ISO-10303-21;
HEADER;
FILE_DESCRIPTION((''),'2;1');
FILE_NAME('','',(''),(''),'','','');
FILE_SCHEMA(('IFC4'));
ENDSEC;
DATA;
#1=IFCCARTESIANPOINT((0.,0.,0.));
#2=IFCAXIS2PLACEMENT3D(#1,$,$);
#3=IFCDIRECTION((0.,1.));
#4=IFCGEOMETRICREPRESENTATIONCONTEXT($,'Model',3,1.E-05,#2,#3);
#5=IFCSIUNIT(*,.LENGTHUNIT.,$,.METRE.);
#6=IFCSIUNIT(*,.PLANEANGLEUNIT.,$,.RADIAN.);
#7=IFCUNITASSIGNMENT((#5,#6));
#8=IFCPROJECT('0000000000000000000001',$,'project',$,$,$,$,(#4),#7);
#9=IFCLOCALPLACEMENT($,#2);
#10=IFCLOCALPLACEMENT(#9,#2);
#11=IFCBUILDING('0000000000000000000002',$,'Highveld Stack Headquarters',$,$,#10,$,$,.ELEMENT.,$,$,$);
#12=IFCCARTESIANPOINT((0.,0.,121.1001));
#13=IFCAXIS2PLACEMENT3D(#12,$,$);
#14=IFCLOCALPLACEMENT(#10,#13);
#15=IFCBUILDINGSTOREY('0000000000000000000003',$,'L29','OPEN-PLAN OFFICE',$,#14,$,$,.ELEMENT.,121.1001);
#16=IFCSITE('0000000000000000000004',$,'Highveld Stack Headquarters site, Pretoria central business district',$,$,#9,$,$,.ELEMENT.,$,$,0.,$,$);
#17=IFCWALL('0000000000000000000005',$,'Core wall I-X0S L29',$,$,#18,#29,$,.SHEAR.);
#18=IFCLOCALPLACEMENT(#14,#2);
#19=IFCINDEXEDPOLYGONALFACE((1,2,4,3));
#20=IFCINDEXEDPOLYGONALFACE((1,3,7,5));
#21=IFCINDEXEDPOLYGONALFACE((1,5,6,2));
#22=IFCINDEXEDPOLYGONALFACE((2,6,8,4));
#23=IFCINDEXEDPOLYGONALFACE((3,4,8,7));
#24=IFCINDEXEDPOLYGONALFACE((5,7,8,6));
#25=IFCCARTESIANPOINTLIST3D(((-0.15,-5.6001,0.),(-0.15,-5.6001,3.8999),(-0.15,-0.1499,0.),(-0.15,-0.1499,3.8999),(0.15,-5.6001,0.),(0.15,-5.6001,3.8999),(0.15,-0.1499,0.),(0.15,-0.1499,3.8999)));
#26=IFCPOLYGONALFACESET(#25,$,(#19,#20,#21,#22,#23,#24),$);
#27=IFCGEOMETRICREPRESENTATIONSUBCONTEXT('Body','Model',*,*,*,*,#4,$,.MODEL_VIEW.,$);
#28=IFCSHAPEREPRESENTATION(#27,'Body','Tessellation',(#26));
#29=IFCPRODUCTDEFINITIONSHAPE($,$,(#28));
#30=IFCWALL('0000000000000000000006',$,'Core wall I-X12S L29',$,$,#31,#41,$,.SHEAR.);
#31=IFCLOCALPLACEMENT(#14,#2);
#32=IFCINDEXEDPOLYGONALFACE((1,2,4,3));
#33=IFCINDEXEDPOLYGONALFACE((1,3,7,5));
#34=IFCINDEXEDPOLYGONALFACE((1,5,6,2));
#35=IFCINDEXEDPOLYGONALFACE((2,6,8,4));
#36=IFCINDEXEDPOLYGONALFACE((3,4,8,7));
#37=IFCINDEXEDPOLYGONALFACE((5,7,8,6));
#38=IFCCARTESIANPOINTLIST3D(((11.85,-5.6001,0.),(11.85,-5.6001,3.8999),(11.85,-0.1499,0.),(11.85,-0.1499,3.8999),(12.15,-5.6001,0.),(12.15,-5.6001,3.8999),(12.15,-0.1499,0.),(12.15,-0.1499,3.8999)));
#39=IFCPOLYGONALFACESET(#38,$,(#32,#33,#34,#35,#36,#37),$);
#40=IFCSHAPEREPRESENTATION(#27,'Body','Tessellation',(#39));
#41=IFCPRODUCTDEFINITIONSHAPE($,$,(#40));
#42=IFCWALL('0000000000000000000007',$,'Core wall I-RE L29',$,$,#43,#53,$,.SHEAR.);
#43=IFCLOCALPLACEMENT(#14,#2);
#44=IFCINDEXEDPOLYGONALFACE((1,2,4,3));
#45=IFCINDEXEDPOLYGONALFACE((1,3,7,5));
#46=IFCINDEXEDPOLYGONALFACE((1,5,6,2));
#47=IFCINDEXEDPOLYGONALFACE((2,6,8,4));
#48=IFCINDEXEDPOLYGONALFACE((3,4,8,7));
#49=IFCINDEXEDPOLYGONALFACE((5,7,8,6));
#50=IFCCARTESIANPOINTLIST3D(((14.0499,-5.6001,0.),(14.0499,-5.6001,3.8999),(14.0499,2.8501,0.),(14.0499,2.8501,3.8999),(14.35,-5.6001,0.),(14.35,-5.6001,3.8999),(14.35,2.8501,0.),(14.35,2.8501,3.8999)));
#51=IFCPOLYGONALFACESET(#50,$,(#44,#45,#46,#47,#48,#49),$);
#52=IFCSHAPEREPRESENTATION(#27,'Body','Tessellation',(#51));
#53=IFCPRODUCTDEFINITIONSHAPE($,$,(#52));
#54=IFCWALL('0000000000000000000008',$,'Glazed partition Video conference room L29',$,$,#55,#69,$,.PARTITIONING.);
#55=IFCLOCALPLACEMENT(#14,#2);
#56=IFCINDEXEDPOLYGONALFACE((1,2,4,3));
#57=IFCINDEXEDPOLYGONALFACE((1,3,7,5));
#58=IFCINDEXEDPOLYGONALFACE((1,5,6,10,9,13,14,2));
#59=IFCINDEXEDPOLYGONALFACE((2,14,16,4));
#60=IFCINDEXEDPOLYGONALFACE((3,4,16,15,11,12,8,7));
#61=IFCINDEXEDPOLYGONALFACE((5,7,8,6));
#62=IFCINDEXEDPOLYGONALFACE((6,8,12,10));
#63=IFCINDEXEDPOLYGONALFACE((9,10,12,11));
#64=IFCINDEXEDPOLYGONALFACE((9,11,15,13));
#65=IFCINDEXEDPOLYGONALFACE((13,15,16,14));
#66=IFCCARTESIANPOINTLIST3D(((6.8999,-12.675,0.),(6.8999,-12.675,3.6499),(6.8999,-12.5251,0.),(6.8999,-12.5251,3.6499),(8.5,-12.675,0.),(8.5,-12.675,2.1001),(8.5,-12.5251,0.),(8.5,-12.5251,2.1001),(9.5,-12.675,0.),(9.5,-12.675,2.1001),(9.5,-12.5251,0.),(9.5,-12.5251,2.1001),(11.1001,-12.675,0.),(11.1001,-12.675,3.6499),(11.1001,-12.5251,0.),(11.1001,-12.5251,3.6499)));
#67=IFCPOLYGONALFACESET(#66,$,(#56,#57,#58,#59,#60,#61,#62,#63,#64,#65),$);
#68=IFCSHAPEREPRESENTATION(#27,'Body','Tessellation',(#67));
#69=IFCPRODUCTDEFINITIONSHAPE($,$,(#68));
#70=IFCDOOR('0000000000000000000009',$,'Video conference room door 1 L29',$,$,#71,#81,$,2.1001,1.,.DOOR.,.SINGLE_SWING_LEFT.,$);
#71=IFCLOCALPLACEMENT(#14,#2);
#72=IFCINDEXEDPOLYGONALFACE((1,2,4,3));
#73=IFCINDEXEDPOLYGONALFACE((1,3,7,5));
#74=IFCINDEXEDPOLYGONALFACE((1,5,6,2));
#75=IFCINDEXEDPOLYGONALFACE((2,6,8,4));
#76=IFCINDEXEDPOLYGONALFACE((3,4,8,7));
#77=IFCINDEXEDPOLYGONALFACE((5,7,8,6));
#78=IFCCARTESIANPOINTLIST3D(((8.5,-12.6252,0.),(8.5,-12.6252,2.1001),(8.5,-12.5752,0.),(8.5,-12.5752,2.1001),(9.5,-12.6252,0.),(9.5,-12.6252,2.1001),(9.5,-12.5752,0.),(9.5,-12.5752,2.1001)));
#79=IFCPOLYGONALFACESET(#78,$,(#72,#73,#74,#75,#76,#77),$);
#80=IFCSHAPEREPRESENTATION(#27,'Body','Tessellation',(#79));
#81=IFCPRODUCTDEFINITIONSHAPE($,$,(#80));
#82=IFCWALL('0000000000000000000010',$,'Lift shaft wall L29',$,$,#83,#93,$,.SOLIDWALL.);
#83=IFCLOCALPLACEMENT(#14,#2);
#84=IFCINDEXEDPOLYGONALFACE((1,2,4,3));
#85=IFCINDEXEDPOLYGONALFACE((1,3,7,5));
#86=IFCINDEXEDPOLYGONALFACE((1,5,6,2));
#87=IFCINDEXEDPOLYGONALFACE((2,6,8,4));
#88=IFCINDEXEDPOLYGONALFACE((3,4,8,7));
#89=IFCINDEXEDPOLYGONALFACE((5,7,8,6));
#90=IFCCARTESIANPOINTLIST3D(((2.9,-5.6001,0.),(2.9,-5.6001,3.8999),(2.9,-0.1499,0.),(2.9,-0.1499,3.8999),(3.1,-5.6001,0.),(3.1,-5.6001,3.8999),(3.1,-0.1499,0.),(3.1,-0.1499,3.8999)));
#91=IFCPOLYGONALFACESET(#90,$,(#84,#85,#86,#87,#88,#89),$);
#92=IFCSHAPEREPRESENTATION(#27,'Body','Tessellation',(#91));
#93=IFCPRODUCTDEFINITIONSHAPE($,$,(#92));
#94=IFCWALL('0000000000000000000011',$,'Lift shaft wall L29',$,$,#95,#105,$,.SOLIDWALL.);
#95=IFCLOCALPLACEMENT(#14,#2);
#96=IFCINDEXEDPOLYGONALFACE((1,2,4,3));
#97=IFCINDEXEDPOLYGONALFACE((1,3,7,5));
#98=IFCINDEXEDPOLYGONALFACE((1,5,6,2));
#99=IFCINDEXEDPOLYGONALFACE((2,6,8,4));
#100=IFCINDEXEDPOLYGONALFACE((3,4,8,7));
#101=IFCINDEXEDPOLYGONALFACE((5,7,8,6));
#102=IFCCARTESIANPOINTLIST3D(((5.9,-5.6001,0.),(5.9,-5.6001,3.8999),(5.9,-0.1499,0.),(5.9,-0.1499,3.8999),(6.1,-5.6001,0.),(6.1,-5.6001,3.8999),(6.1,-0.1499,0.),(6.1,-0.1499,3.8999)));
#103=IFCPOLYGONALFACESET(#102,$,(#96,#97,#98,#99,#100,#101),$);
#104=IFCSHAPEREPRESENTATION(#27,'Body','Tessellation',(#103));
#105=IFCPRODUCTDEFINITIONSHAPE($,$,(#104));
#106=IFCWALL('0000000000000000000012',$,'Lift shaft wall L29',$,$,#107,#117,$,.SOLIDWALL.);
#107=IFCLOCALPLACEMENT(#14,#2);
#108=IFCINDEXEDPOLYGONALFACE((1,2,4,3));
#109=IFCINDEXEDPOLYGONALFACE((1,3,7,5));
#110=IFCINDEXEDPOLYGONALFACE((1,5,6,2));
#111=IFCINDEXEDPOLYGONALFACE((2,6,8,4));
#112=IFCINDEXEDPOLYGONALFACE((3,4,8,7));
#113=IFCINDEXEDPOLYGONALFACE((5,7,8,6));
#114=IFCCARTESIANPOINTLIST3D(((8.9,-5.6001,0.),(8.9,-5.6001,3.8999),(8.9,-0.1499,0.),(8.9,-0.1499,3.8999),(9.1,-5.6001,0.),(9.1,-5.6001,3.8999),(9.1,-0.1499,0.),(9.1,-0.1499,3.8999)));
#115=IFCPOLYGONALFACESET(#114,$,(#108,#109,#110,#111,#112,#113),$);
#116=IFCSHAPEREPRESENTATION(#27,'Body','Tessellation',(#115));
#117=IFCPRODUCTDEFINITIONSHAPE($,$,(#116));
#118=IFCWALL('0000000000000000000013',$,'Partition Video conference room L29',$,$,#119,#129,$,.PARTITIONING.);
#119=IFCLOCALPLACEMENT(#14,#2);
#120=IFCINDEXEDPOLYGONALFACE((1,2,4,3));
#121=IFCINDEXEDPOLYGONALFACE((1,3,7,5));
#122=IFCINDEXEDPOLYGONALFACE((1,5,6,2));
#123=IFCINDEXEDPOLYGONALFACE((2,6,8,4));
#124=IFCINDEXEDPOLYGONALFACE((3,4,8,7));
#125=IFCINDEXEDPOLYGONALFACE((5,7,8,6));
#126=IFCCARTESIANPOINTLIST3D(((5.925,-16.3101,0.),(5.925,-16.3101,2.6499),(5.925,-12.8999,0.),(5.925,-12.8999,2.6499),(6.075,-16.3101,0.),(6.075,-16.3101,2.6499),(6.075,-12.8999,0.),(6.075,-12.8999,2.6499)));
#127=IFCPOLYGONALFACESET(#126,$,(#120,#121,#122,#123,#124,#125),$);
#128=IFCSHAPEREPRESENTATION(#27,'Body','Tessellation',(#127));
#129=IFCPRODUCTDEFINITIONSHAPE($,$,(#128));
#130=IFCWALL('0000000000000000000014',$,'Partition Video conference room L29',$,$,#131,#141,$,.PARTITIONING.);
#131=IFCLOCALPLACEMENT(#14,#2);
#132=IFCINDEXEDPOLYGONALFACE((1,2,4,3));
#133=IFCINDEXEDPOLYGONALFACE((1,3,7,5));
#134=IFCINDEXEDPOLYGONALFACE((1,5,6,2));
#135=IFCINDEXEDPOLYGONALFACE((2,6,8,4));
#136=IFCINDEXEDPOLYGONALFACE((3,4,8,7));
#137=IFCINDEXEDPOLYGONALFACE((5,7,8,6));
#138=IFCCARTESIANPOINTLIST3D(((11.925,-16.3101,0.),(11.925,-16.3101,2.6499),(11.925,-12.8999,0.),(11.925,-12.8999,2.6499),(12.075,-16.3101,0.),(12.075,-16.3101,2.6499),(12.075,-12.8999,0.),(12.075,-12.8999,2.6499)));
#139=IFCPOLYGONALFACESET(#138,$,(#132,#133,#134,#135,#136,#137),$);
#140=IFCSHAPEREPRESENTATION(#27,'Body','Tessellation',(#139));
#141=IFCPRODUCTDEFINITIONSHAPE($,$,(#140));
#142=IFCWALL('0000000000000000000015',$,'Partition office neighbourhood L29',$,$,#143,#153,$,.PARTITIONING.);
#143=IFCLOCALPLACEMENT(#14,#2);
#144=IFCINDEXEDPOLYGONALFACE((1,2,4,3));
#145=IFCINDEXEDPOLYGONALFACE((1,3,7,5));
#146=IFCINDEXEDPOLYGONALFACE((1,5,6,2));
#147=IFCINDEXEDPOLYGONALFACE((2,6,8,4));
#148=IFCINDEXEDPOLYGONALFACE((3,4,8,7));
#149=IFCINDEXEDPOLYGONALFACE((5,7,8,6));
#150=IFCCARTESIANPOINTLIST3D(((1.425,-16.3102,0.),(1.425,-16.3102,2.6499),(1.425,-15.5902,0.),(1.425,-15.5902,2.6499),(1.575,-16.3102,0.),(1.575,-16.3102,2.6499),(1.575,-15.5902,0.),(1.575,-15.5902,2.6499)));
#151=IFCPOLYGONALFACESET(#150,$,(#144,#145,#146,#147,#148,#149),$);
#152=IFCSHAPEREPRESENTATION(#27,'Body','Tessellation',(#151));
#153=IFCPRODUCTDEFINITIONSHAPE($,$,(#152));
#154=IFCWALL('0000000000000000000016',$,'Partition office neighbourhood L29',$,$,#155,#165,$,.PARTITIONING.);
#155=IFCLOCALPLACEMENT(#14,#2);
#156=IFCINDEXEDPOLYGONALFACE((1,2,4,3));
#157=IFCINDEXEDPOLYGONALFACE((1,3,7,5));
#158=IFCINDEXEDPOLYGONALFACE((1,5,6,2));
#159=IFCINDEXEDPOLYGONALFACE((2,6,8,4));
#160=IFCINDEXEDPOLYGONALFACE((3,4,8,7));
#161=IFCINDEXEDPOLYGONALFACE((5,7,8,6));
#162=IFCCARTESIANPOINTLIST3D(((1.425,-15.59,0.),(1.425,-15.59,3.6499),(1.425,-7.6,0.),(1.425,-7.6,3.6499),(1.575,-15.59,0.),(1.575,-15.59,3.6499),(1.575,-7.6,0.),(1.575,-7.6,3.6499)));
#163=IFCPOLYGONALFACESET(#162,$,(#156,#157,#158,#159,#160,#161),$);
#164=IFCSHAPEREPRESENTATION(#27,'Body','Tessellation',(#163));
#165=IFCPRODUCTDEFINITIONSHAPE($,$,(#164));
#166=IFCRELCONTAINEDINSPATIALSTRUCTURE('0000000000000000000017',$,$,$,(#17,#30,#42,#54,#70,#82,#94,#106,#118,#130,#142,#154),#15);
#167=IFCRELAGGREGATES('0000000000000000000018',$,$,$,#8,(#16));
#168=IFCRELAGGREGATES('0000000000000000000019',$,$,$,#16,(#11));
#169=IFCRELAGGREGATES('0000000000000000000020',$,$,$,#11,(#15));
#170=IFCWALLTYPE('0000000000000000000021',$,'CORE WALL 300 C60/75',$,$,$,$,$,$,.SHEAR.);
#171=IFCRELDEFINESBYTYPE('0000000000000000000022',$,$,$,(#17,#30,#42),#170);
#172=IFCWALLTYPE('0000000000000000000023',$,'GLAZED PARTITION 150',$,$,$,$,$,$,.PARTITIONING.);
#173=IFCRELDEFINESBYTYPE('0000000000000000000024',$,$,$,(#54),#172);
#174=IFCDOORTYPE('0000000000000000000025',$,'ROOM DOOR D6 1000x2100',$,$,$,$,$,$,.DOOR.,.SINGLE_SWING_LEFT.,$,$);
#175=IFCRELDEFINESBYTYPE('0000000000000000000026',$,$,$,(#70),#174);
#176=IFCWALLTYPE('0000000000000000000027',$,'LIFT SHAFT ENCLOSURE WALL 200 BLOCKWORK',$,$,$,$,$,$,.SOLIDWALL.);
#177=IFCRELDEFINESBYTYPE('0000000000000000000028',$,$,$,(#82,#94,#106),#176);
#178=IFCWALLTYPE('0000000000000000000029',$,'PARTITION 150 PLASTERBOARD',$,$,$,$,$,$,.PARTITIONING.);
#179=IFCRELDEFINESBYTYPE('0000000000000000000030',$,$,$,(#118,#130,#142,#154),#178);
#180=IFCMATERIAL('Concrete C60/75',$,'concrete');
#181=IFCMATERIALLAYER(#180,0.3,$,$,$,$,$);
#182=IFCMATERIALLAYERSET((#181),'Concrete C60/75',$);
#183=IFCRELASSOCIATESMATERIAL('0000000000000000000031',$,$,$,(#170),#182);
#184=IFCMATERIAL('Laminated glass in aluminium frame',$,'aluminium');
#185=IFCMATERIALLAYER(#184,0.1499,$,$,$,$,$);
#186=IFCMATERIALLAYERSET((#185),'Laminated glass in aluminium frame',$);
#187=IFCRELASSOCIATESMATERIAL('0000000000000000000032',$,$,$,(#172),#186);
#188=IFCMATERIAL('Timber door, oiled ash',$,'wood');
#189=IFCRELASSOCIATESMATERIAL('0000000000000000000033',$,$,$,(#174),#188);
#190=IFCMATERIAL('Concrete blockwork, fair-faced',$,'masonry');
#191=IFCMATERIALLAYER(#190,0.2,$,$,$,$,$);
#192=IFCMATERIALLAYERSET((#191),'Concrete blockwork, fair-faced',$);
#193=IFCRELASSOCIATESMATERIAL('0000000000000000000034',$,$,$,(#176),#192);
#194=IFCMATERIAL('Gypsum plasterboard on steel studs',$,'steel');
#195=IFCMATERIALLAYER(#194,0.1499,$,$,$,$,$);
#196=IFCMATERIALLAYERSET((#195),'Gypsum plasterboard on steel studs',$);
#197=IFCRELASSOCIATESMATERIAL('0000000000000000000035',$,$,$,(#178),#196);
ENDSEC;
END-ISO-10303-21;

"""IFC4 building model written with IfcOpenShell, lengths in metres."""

from ifc_helpers import new_model, si_unit, direction, frame, frame_2d, origin, place, context, subcontext, project, spatial, rectangle, extrude, material, layer, layer_set, type_object, element, fill, save


model = new_model("IFC4")

# Units and contexts
model_context = context("Model", 3, precision=1e-05, world=origin(), true_north=direction((0.0, 1.0)))
body_context = subcontext(model_context, "Body", "Model", "MODEL_VIEW")
ifc_project = project(units=[si_unit("LENGTHUNIT", "METRE"), si_unit("PLANEANGLEUNIT", "RADIAN")], contexts=[model_context])

# Site, building, storey
site_placement = place(None, origin())
site = spatial("IfcSite", under=ifc_project, at=site_placement, Name="Highveld Stack Headquarters site, Pretoria central business district", CompositionType="ELEMENT", RefElevation=0.0)
building_placement = place(site_placement, origin())
building = spatial("IfcBuilding", under=site, at=building_placement, Name="Highveld Stack Headquarters", CompositionType="ELEMENT")
storey_placement = place(building_placement, frame((0.0, 0.0, 121.1001)))
storey = spatial("IfcBuildingStorey", under=building, at=storey_placement, Name="L29", Description="OPEN-PLAN OFFICE", CompositionType="ELEMENT", Elevation=121.1001)

# Walls
ifc_material_1 = material(Name="Concrete C60/75", Category="concrete")
ifc_layer_1 = layer(ifc_material_1, 0.3)
ifc_layer_set_1 = layer_set([ifc_layer_1], Name="Concrete C60/75")
wall_type_1 = type_object("IfcWallType", Name="CORE WALL 300 C60/75", PredefinedType="SHEAR", material=ifc_layer_set_1)
for number, where, z_axis, x_axis, name in (
    (1, (0.0, -5.6001, 0.0), (0.0, 0.0, 1.0), (0.0, 1.0, 0.0), "Core wall I-X0S L29"),
    (2, (12.0, -5.6001, 0.0), (0.0, 0.0, 1.0), (0.0, 1.0, 0.0), "Core wall I-X12S L29"),
):
    element("IfcWall", number, at=place(storey_placement, frame(where, z_axis=z_axis, x_axis=x_axis)), inside=storey, type_object=wall_type_1, Name=name, PredefinedType="SHEAR", context=body_context, shape_type="SweptSolid", body=[
        extrude(rectangle(XDim=5.4502, YDim=0.3, at=frame_2d((2.7251, 0.0))), origin(), (0.0, 0.0, 1.0), 3.8999),
    ])
wall_1_placement = place(storey_placement, frame((14.2, -5.6001, 0.0), z_axis=(0.0, 0.0, 1.0), x_axis=(0.0, 1.0, 0.0)))
element("IfcWall", 3, at=wall_1_placement, inside=storey, type_object=wall_type_1, Name="Core wall I-RE L29", PredefinedType="SHEAR", context=body_context, shape_type="SweptSolid", body=[
    extrude(rectangle(XDim=8.4502, YDim=0.3, at=frame_2d((4.2251, 0.0))), origin(), (0.0, 0.0, 1.0), 3.8999),
])

# Wall, opening, door
ifc_material_2 = material(Name="Laminated glass in aluminium frame", Category="aluminium")
ifc_layer_2 = layer(ifc_material_2, 0.1499)
ifc_layer_set_2 = layer_set([ifc_layer_2], Name="Laminated glass in aluminium frame")
wall_type_2 = type_object("IfcWallType", Name="GLAZED PARTITION 150", PredefinedType="PARTITIONING", material=ifc_layer_set_2)
wall_2_placement = place(storey_placement, frame((6.8999, -12.6001, 0.0), z_axis=(0.0, 0.0, 1.0), x_axis=(1.0, 0.0, 0.0)))
wall_2 = element("IfcWall", 4, at=wall_2_placement, inside=storey, type_object=wall_type_2, Name="Glazed partition Video conference room L29", PredefinedType="PARTITIONING", context=body_context, shape_type="SweptSolid", body=[
    extrude(rectangle(XDim=4.2002, YDim=0.1499, at=frame_2d((2.1001, 0.0))), origin(), (0.0, 0.0, 1.0), 3.6499),
])
opening_placement = place(wall_2_placement, frame((1.6001, 0.0, 0.0)))
opening = element("IfcOpeningElement", 5, at=opening_placement, cuts=wall_2, PredefinedType="OPENING", context=body_context, shape_type="SweptSolid", body=[
    extrude(rectangle(XDim=1.0, YDim=2.1001, at=frame_2d((0.5, 1.05))), frame((0.0, 0.085, 0.0), z_axis=(0.0, -1.0, 0.0), x_axis=(1.0, 0.0, 0.0)), (0.0, 0.0, 1.0), 0.1699),
])
ifc_material_3 = material(Name="Timber door, oiled ash", Category="wood")
door_type = type_object("IfcDoorType", Name="ROOM DOOR D6 1000x2100", OperationType="SINGLE_SWING_LEFT", PredefinedType="DOOR", material=ifc_material_3)
door_placement = place(opening_placement, origin())
door = element("IfcDoor", 6, at=door_placement, inside=storey, type_object=door_type, Name="Video conference room door 1 L29", OperationType="SINGLE_SWING_LEFT", OverallHeight=2.1001, OverallWidth=1.0, PredefinedType="DOOR", context=body_context, shape_type="SweptSolid", body=[
    extrude(rectangle(XDim=1.0, YDim=2.1001, at=frame_2d((0.5, 1.05))), frame((0.0, 0.0249, 0.0), z_axis=(0.0, -1.0, 0.0), x_axis=(1.0, 0.0, 0.0)), (0.0, 0.0, 1.0), 0.05),
])
fill(opening, door)

# Walls
ifc_material_4 = material(Name="Concrete blockwork, fair-faced", Category="masonry")
ifc_layer_3 = layer(ifc_material_4, 0.2)
ifc_layer_set_3 = layer_set([ifc_layer_3], Name="Concrete blockwork, fair-faced")
wall_type_3 = type_object("IfcWallType", Name="LIFT SHAFT ENCLOSURE WALL 200 BLOCKWORK", PredefinedType="SOLIDWALL", material=ifc_layer_set_3)
for number, where, z_axis, x_axis, name in (
    (7, (3.0, -5.6001, 0.0), (0.0, 0.0, 1.0), (0.0, 1.0, 0.0), "Lift shaft wall L29"),
    (8, (6.0, -5.6001, 0.0), (0.0, 0.0, 1.0), (0.0, 1.0, 0.0), "Lift shaft wall L29"),
    (9, (9.0, -5.6001, 0.0), (0.0, 0.0, 1.0), (0.0, 1.0, 0.0), "Lift shaft wall L29"),
):
    element("IfcWall", number, at=place(storey_placement, frame(where, z_axis=z_axis, x_axis=x_axis)), inside=storey, type_object=wall_type_3, Name=name, PredefinedType="SOLIDWALL", context=body_context, shape_type="SweptSolid", body=[
        extrude(rectangle(XDim=5.4502, YDim=0.2, at=frame_2d((2.7251, 0.0))), origin(), (0.0, 0.0, 1.0), 3.8999),
    ])
ifc_material_5 = material(Name="Gypsum plasterboard on steel studs", Category="steel")
ifc_layer_4 = layer(ifc_material_5, 0.1499)
ifc_layer_set_4 = layer_set([ifc_layer_4], Name="Gypsum plasterboard on steel studs")
wall_type_4 = type_object("IfcWallType", Name="PARTITION 150 PLASTERBOARD", PredefinedType="PARTITIONING", material=ifc_layer_set_4)
for number, where, z_axis, x_axis, name in (
    (10, (6.0, -16.3101, 0.0), (0.0, 0.0, 1.0), (0.0, 1.0, 0.0), "Partition Video conference room L29"),
    (11, (12.0, -16.3101, 0.0), (0.0, 0.0, 1.0), (0.0, 1.0, 0.0), "Partition Video conference room L29"),
):
    element("IfcWall", number, at=place(storey_placement, frame(where, z_axis=z_axis, x_axis=x_axis)), inside=storey, type_object=wall_type_4, Name=name, PredefinedType="PARTITIONING", context=body_context, shape_type="SweptSolid", body=[
        extrude(rectangle(XDim=3.4102, YDim=0.1499, at=frame_2d((1.7051, 0.0))), origin(), (0.0, 0.0, 1.0), 2.6499),
    ])
wall_3_placement = place(storey_placement, frame((1.5, -16.3101, 0.0), z_axis=(0.0, 0.0, 1.0), x_axis=(0.0, 1.0, 0.0)))
element("IfcWall", 12, at=wall_3_placement, inside=storey, type_object=wall_type_4, Name="Partition office neighbourhood L29", PredefinedType="PARTITIONING", context=body_context, shape_type="SweptSolid", body=[
    extrude(rectangle(XDim=0.72, YDim=0.1499, at=frame_2d((0.3599, 0.0))), origin(), (0.0, 0.0, 1.0), 2.6499),
])
wall_4_placement = place(storey_placement, frame((1.5, -15.5901, 0.0), z_axis=(0.0, 0.0, 1.0), x_axis=(0.0, 1.0, 0.0)))
element("IfcWall", 13, at=wall_4_placement, inside=storey, type_object=wall_type_4, Name="Partition office neighbourhood L29", PredefinedType="PARTITIONING", context=body_context, shape_type="SweptSolid", body=[
    extrude(rectangle(XDim=7.99, YDim=0.1499, at=frame_2d((3.9951, 0.0))), origin(), (0.0, 0.0, 1.0), 3.6499),
])

save(model, "model.ifc")
